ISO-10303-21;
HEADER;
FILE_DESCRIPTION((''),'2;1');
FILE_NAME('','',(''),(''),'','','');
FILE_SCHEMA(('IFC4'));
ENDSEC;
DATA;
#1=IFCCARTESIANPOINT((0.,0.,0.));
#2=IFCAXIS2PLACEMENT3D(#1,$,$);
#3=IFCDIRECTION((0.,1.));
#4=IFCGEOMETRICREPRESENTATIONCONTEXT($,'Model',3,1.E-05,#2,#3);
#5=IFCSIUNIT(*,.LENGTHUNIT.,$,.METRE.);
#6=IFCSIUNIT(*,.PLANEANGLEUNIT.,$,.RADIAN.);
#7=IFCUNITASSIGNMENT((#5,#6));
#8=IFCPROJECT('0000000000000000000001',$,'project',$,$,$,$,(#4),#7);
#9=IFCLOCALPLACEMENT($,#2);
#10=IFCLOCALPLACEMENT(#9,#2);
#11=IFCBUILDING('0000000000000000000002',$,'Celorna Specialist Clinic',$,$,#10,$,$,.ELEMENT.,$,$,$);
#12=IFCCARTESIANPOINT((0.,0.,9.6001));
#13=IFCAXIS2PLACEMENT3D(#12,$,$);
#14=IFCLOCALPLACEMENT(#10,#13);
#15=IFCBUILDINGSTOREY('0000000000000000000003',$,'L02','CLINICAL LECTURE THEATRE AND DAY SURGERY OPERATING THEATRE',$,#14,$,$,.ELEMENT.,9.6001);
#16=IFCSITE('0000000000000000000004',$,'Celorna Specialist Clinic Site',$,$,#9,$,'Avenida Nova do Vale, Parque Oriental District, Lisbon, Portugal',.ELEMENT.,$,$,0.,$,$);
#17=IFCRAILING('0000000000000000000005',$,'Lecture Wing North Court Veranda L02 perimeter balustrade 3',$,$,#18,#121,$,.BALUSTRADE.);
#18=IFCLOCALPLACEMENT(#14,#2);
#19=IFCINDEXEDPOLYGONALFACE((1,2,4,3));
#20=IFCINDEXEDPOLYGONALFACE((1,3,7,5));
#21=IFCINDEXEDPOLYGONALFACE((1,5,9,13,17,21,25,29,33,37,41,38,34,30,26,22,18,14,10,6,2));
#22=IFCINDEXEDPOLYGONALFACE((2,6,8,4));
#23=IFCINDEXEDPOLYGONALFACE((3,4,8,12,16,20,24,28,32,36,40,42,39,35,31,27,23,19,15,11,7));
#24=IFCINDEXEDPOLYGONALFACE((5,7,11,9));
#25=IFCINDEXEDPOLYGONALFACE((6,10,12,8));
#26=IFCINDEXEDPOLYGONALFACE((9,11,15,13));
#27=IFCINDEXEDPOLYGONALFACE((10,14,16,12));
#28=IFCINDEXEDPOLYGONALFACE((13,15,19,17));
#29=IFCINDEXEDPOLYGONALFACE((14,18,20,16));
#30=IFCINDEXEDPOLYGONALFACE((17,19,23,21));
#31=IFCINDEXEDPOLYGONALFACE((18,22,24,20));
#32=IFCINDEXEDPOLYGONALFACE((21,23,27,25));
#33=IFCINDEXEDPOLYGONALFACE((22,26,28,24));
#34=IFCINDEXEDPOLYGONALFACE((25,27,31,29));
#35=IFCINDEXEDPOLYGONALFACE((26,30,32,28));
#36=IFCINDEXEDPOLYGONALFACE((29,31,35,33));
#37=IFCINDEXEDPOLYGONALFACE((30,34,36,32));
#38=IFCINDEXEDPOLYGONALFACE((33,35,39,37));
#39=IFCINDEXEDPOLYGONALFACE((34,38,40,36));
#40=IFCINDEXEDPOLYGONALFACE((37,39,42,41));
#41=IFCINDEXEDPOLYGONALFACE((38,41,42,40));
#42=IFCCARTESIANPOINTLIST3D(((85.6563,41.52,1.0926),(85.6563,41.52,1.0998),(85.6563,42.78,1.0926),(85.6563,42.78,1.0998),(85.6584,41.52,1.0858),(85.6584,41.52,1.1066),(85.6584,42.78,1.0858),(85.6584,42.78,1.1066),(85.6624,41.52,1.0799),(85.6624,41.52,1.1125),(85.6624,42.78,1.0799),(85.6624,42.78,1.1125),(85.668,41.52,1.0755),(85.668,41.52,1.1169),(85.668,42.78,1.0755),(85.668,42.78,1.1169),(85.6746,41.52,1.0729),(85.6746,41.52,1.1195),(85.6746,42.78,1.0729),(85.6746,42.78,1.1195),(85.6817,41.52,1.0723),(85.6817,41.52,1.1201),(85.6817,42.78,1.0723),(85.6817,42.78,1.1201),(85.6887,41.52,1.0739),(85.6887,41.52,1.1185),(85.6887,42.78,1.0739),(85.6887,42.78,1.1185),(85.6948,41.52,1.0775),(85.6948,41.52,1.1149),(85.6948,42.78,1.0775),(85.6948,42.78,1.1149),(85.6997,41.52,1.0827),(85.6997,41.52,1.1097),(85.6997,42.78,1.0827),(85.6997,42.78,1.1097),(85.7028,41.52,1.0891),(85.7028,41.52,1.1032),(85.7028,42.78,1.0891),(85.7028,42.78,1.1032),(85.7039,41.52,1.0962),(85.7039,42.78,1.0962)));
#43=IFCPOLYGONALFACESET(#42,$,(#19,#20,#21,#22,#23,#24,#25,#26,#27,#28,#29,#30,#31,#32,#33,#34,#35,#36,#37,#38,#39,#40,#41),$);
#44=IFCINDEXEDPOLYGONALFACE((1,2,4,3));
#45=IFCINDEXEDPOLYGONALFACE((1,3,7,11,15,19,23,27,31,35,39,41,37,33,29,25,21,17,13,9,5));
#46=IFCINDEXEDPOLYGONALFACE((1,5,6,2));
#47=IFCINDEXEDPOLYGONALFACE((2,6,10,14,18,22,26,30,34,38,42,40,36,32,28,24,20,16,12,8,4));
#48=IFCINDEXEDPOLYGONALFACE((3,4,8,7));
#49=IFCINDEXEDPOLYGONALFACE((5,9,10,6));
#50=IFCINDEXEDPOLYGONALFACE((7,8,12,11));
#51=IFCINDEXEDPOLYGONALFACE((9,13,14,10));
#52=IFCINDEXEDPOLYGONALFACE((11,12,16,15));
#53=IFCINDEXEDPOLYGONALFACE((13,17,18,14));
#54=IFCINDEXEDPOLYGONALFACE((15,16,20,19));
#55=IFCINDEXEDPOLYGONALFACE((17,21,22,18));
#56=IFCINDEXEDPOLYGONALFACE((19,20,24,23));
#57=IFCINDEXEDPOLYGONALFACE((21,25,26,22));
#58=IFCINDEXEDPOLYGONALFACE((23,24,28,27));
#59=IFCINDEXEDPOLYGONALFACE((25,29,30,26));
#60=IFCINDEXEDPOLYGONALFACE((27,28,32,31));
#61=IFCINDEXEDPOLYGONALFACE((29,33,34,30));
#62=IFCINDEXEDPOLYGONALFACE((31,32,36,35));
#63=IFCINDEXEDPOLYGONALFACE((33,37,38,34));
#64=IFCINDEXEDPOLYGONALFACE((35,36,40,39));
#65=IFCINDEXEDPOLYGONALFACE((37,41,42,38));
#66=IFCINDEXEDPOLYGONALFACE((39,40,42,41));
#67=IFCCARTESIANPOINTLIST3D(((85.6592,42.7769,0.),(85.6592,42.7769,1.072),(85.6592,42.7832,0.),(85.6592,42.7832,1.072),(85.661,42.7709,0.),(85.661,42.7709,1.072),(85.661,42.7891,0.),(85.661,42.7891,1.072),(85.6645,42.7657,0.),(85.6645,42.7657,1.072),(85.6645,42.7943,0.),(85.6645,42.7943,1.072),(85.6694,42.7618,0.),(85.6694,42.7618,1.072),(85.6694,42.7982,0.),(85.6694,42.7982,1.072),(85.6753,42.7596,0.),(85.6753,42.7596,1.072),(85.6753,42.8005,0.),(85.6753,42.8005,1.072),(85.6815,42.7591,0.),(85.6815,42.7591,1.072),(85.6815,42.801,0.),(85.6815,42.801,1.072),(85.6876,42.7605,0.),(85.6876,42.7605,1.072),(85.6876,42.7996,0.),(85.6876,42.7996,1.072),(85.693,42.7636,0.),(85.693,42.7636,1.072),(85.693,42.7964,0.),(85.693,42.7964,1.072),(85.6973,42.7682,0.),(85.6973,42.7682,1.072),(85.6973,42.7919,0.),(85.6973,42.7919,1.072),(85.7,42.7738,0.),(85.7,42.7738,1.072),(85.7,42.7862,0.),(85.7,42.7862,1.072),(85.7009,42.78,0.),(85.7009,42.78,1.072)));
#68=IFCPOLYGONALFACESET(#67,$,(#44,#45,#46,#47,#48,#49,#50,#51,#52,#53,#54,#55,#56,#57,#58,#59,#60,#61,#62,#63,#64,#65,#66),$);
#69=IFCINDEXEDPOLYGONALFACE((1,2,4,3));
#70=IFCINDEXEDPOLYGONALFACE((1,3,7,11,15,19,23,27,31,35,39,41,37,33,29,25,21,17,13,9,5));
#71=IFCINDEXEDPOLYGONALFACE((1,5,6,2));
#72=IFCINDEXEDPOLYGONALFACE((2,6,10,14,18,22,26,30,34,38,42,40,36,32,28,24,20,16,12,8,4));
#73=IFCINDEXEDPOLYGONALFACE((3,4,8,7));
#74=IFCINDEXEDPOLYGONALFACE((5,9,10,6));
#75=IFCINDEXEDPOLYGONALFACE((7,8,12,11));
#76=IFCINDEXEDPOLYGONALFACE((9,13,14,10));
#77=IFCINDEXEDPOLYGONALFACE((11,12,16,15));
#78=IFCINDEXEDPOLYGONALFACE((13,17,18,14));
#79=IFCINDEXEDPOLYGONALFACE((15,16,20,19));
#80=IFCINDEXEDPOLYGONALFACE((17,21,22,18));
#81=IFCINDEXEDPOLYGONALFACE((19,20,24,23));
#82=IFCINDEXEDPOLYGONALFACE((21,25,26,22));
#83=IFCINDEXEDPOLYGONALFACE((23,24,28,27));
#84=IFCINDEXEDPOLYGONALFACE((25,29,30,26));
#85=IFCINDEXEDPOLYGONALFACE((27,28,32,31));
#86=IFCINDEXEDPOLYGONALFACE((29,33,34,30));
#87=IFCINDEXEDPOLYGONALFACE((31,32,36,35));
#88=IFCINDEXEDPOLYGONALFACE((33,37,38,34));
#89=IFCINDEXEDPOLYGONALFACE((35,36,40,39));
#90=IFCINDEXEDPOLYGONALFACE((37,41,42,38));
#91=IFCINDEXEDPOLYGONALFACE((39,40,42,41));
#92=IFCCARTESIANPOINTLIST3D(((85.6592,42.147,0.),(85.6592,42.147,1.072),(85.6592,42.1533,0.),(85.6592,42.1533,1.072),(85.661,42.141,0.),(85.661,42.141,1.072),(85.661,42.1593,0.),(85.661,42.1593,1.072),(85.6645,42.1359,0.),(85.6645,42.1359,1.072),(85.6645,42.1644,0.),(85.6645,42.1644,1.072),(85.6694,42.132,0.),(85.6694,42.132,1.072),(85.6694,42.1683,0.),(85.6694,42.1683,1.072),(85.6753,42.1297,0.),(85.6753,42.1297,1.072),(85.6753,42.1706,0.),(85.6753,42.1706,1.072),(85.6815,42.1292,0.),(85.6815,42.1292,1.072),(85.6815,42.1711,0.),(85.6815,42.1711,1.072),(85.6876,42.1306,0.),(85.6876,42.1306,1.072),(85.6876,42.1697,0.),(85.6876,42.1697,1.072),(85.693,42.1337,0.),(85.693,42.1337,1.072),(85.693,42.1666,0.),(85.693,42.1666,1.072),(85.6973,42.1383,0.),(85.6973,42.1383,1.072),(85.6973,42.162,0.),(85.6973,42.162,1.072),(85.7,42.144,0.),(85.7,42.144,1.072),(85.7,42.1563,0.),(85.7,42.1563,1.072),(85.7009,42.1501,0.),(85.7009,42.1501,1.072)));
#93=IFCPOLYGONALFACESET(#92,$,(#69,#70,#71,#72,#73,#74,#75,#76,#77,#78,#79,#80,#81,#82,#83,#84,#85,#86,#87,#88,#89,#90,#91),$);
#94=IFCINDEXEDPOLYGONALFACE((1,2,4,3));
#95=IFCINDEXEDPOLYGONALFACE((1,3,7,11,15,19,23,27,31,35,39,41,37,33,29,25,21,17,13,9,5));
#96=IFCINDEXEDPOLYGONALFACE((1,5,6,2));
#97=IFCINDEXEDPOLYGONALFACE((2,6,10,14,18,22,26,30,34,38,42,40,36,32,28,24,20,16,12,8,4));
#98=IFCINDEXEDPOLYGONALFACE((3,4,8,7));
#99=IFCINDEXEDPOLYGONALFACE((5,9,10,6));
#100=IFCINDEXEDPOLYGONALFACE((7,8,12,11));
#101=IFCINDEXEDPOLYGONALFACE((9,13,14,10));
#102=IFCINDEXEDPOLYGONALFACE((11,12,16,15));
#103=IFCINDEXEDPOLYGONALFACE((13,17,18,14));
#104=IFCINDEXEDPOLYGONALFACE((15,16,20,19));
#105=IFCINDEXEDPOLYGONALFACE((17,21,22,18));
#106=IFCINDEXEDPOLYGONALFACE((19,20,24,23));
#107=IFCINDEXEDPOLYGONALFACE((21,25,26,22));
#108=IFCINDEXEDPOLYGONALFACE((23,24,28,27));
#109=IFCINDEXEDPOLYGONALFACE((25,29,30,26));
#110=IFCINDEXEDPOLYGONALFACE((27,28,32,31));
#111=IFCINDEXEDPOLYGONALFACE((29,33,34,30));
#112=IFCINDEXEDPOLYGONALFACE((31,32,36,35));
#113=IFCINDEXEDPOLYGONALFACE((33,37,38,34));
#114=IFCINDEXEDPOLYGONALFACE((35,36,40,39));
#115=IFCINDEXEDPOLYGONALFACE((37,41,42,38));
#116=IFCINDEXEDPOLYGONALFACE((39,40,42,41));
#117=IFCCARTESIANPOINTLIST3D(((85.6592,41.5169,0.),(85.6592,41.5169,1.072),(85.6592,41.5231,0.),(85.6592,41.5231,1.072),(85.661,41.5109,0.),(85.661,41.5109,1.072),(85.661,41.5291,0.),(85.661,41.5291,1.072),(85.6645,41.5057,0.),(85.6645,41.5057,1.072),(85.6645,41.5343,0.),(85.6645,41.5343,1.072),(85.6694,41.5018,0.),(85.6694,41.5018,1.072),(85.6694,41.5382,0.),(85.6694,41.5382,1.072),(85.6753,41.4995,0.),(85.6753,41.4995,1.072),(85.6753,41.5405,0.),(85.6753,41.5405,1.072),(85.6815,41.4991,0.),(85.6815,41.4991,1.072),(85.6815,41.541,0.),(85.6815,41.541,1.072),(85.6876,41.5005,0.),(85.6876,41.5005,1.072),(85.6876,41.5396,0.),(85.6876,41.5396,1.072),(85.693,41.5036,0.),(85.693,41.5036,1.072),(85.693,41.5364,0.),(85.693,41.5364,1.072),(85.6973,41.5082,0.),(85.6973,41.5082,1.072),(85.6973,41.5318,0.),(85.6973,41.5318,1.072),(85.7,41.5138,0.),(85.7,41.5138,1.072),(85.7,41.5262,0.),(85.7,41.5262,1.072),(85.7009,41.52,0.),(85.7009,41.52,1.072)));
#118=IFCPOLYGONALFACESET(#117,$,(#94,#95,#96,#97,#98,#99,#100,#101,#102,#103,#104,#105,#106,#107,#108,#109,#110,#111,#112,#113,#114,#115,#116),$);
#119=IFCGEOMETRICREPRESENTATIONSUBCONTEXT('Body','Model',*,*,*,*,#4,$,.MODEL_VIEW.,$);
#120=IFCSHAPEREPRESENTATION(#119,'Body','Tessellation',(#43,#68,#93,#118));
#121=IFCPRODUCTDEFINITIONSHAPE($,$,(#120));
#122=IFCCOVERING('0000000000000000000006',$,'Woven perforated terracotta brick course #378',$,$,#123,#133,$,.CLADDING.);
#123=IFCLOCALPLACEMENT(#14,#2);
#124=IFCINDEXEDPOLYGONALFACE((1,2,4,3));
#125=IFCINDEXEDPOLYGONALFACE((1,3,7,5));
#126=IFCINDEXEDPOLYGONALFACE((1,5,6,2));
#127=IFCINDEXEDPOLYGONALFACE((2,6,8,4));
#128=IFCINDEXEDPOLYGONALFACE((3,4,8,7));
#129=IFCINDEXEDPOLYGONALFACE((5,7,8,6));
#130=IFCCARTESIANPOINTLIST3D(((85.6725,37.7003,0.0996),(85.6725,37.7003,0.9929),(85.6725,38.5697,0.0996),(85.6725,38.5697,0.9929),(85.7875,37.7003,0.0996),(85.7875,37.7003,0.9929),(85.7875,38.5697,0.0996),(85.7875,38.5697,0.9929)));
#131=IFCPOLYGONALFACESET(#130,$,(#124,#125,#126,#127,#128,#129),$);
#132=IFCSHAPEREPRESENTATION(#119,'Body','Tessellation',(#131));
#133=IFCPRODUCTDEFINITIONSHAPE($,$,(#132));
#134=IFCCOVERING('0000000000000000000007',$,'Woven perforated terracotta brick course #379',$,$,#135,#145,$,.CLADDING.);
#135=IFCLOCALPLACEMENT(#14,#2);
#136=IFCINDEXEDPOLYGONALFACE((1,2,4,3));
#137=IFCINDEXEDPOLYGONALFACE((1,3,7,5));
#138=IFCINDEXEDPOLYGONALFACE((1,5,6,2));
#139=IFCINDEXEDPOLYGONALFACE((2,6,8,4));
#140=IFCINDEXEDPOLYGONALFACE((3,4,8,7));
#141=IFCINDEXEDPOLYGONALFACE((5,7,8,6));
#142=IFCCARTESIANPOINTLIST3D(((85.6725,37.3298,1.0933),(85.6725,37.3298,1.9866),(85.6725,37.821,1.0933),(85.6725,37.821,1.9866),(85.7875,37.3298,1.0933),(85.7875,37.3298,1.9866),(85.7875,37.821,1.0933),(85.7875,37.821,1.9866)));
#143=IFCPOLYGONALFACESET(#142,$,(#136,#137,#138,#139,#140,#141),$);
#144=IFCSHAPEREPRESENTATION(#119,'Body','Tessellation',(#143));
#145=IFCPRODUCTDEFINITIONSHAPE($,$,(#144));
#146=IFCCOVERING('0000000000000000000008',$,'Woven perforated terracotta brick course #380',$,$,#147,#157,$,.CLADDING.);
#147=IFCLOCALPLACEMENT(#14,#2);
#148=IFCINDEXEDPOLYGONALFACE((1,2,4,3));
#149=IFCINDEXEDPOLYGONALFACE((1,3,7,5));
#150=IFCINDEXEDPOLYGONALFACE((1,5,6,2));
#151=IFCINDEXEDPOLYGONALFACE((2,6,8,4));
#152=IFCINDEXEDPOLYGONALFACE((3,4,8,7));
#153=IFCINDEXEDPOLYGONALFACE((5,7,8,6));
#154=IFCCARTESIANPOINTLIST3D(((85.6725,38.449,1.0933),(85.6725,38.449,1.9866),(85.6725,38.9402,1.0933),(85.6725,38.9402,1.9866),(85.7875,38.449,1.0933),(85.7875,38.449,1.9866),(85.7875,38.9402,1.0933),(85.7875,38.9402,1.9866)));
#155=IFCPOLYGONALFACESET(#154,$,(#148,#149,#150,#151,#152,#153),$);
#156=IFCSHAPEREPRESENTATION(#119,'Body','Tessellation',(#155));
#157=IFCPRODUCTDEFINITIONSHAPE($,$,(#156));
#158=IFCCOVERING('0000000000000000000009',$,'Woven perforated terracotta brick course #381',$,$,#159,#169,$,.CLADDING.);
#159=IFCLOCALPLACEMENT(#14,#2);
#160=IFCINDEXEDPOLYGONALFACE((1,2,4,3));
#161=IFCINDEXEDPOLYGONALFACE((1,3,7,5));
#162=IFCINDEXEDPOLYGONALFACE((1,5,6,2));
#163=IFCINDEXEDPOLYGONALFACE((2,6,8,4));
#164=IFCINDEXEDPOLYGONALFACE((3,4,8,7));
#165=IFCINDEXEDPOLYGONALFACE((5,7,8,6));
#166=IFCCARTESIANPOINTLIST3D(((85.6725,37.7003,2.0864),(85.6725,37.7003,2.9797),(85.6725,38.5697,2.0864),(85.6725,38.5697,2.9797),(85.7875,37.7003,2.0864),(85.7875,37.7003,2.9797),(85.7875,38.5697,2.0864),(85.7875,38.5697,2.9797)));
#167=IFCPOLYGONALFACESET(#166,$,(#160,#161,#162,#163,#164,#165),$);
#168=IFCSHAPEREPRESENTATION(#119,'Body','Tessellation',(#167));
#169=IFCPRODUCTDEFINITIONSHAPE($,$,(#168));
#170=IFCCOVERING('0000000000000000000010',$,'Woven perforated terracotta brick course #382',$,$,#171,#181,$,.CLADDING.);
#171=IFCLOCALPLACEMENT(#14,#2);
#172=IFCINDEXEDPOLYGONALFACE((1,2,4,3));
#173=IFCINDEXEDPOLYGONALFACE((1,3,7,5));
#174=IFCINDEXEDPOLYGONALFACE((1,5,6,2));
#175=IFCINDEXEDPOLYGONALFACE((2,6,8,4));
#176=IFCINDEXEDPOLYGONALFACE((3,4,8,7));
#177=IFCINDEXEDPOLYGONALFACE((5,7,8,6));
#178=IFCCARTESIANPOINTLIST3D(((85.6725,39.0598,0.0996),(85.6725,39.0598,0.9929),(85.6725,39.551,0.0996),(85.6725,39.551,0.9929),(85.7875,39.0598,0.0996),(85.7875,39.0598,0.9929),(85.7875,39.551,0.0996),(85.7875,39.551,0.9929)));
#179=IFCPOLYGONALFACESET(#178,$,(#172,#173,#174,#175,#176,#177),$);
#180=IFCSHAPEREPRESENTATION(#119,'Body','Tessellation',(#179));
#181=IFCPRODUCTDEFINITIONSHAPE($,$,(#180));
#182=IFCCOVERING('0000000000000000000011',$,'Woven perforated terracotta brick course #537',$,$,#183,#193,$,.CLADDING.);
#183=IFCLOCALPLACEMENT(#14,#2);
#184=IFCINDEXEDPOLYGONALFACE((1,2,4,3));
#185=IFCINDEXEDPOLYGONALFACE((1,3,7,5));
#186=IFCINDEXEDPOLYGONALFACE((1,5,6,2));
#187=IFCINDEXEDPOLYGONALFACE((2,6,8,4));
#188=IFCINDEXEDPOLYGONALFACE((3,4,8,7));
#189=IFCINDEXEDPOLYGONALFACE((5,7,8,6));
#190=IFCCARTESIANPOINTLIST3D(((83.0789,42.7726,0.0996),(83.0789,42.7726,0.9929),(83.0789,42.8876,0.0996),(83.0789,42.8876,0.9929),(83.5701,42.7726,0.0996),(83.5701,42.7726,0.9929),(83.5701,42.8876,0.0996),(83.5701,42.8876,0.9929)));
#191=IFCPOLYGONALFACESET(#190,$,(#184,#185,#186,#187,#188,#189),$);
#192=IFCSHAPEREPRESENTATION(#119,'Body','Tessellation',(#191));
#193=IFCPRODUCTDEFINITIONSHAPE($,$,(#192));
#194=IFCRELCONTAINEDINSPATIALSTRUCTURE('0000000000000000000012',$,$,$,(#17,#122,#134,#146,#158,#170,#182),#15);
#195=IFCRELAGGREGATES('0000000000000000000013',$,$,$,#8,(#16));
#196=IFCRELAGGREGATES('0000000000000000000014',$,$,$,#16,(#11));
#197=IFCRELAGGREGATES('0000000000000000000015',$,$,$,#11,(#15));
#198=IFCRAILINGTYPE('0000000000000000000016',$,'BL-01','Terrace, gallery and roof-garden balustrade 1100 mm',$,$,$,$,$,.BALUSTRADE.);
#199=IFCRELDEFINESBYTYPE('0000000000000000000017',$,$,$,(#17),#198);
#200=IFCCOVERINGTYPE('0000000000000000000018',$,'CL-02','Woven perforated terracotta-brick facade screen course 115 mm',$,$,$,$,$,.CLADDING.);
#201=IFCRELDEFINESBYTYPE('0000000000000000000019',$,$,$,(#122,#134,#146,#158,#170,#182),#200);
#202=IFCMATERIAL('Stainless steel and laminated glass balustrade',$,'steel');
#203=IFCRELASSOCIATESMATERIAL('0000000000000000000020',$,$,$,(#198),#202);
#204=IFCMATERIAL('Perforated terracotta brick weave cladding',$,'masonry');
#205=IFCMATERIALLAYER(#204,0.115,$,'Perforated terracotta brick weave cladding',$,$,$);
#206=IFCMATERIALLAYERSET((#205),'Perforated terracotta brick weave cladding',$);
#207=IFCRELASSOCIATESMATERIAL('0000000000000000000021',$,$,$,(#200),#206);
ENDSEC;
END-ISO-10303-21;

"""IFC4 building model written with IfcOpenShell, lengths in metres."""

from ifc_helpers import new_model, si_unit, direction, frame, origin, origin_2d, place, context, subcontext, project, spatial, rectangle, circle, extrude, material, layer, layer_set, type_object, element, save


model = new_model("IFC4")

# Units and contexts
model_context = context("Model", 3, precision=1e-05, world=origin(), true_north=direction((0.0, 1.0)))
body_context = subcontext(model_context, "Body", "Model", "MODEL_VIEW")
ifc_project = project(units=[si_unit("LENGTHUNIT", "METRE"), si_unit("PLANEANGLEUNIT", "RADIAN")], contexts=[model_context])

# Site, building, storey
site_placement = place(None, origin())
site = spatial("IfcSite", under=ifc_project, at=site_placement, Name="Celorna Specialist Clinic Site", LongName="Avenida Nova do Vale, Parque Oriental District, Lisbon, Portugal", CompositionType="ELEMENT", RefElevation=0.0)
building_placement = place(site_placement, origin())
building = spatial("IfcBuilding", under=site, at=building_placement, Name="Celorna Specialist Clinic", CompositionType="ELEMENT")
storey_placement = place(building_placement, frame((0.0, 0.0, 9.6001)))
storey = spatial("IfcBuildingStorey", under=building, at=storey_placement, Name="L02", Description="CLINICAL LECTURE THEATRE AND DAY SURGERY OPERATING THEATRE", CompositionType="ELEMENT", Elevation=9.6001)

# Railing
ifc_material_1 = material(Name="Stainless steel and laminated glass balustrade", Category="steel")
railing_type = type_object("IfcRailingType", Name="BL-01", Description="Terrace, gallery and roof-garden balustrade 1100 mm", PredefinedType="BALUSTRADE", material=ifc_material_1)
railing_1_placement = place(storey_placement, frame((85.6799, 42.78, 0.0)))
element("IfcRailing", 1, at=railing_1_placement, inside=storey, type_object=railing_type, Name="Lecture Wing North Court Veranda L02 perimeter balustrade 3", PredefinedType="BALUSTRADE", context=body_context, shape_type="SweptSolid", body=[
    extrude(circle(Radius=0.0239, at=origin_2d()), frame((0.0, 0.0, 1.0962), z_axis=(0.0, -1.0, 0.0), x_axis=(1.0, 0.0, 0.0)), (0.0, 0.0, 1.0), 1.26),
    extrude(circle(Radius=0.021, at=origin_2d()), origin(), (0.0, 0.0, 1.0), 1.072),
    extrude(circle(Radius=0.021, at=origin_2d()), frame((0.0, -0.6299, 0.0)), (0.0, 0.0, 1.0), 1.072),
    extrude(circle(Radius=0.021, at=origin_2d()), frame((0.0, -1.26, 0.0)), (0.0, 0.0, 1.0), 1.072),
])

# Coverings
ifc_material_2 = material(Name="Perforated terracotta brick weave cladding", Category="masonry")
ifc_layer_1 = layer(ifc_material_2, 0.115, Name="Perforated terracotta brick weave cladding")
ifc_layer_set_1 = layer_set([ifc_layer_1], Name="Perforated terracotta brick weave cladding")
covering_type = type_object("IfcCoveringType", Name="CL-02", Description="Woven perforated terracotta-brick facade screen course 115 mm", PredefinedType="CLADDING", material=ifc_layer_set_1)
covering_1_placement = place(storey_placement, frame((85.73, 38.135, 0.0996), z_axis=(0.0, 0.0, 1.0), x_axis=(0.0, 1.0, 0.0)))
element("IfcCovering", 2, at=covering_1_placement, inside=storey, type_object=covering_type, Name="Woven perforated terracotta brick course #378", PredefinedType="CLADDING", context=body_context, shape_type="SweptSolid", body=[
    extrude(rectangle(XDim=0.8694, YDim=0.115, at=origin_2d()), origin(), (0.0, 0.0, 1.0), 0.8933),
])
for number, where, z_axis, x_axis, name in (
    (3, (85.73, 37.5754, 1.0933), (0.0, 0.0, 1.0), (0.0, 1.0, 0.0), "Woven perforated terracotta brick course #379"),
    (4, (85.73, 38.6946, 1.0933), (0.0, 0.0, 1.0), (0.0, 1.0, 0.0), "Woven perforated terracotta brick course #380"),
):
    element("IfcCovering", number, at=place(storey_placement, frame(where, z_axis=z_axis, x_axis=x_axis)), inside=storey, type_object=covering_type, Name=name, PredefinedType="CLADDING", context=body_context, shape_type="SweptSolid", body=[
        extrude(rectangle(XDim=0.4912, YDim=0.115, at=origin_2d()), origin(), (0.0, 0.0, 1.0), 0.8933),
    ])
covering_2_placement = place(storey_placement, frame((85.73, 38.135, 2.0864), z_axis=(0.0, 0.0, 1.0), x_axis=(0.0, 1.0, 0.0)))
element("IfcCovering", 5, at=covering_2_placement, inside=storey, type_object=covering_type, Name="Woven perforated terracotta brick course #381", PredefinedType="CLADDING", context=body_context, shape_type="SweptSolid", body=[
    extrude(rectangle(XDim=0.8694, YDim=0.115, at=origin_2d()), origin(), (0.0, 0.0, 1.0), 0.8933),
])
for number, where, z_axis, x_axis, name in (
    (6, (85.73, 39.3054, 0.0996), (0.0, 0.0, 1.0), (0.0, 1.0, 0.0), "Woven perforated terracotta brick course #382"),
    (7, (83.3245, 42.8301, 0.0996), (0.0, 0.0, 1.0), (1.0, 0.0, 0.0), "Woven perforated terracotta brick course #537"),
):
    element("IfcCovering", number, at=place(storey_placement, frame(where, z_axis=z_axis, x_axis=x_axis)), inside=storey, type_object=covering_type, Name=name, PredefinedType="CLADDING", context=body_context, shape_type="SweptSolid", body=[
        extrude(rectangle(XDim=0.4912, YDim=0.115, at=origin_2d()), origin(), (0.0, 0.0, 1.0), 0.8933),
    ])

save(model, "model.ifc")
